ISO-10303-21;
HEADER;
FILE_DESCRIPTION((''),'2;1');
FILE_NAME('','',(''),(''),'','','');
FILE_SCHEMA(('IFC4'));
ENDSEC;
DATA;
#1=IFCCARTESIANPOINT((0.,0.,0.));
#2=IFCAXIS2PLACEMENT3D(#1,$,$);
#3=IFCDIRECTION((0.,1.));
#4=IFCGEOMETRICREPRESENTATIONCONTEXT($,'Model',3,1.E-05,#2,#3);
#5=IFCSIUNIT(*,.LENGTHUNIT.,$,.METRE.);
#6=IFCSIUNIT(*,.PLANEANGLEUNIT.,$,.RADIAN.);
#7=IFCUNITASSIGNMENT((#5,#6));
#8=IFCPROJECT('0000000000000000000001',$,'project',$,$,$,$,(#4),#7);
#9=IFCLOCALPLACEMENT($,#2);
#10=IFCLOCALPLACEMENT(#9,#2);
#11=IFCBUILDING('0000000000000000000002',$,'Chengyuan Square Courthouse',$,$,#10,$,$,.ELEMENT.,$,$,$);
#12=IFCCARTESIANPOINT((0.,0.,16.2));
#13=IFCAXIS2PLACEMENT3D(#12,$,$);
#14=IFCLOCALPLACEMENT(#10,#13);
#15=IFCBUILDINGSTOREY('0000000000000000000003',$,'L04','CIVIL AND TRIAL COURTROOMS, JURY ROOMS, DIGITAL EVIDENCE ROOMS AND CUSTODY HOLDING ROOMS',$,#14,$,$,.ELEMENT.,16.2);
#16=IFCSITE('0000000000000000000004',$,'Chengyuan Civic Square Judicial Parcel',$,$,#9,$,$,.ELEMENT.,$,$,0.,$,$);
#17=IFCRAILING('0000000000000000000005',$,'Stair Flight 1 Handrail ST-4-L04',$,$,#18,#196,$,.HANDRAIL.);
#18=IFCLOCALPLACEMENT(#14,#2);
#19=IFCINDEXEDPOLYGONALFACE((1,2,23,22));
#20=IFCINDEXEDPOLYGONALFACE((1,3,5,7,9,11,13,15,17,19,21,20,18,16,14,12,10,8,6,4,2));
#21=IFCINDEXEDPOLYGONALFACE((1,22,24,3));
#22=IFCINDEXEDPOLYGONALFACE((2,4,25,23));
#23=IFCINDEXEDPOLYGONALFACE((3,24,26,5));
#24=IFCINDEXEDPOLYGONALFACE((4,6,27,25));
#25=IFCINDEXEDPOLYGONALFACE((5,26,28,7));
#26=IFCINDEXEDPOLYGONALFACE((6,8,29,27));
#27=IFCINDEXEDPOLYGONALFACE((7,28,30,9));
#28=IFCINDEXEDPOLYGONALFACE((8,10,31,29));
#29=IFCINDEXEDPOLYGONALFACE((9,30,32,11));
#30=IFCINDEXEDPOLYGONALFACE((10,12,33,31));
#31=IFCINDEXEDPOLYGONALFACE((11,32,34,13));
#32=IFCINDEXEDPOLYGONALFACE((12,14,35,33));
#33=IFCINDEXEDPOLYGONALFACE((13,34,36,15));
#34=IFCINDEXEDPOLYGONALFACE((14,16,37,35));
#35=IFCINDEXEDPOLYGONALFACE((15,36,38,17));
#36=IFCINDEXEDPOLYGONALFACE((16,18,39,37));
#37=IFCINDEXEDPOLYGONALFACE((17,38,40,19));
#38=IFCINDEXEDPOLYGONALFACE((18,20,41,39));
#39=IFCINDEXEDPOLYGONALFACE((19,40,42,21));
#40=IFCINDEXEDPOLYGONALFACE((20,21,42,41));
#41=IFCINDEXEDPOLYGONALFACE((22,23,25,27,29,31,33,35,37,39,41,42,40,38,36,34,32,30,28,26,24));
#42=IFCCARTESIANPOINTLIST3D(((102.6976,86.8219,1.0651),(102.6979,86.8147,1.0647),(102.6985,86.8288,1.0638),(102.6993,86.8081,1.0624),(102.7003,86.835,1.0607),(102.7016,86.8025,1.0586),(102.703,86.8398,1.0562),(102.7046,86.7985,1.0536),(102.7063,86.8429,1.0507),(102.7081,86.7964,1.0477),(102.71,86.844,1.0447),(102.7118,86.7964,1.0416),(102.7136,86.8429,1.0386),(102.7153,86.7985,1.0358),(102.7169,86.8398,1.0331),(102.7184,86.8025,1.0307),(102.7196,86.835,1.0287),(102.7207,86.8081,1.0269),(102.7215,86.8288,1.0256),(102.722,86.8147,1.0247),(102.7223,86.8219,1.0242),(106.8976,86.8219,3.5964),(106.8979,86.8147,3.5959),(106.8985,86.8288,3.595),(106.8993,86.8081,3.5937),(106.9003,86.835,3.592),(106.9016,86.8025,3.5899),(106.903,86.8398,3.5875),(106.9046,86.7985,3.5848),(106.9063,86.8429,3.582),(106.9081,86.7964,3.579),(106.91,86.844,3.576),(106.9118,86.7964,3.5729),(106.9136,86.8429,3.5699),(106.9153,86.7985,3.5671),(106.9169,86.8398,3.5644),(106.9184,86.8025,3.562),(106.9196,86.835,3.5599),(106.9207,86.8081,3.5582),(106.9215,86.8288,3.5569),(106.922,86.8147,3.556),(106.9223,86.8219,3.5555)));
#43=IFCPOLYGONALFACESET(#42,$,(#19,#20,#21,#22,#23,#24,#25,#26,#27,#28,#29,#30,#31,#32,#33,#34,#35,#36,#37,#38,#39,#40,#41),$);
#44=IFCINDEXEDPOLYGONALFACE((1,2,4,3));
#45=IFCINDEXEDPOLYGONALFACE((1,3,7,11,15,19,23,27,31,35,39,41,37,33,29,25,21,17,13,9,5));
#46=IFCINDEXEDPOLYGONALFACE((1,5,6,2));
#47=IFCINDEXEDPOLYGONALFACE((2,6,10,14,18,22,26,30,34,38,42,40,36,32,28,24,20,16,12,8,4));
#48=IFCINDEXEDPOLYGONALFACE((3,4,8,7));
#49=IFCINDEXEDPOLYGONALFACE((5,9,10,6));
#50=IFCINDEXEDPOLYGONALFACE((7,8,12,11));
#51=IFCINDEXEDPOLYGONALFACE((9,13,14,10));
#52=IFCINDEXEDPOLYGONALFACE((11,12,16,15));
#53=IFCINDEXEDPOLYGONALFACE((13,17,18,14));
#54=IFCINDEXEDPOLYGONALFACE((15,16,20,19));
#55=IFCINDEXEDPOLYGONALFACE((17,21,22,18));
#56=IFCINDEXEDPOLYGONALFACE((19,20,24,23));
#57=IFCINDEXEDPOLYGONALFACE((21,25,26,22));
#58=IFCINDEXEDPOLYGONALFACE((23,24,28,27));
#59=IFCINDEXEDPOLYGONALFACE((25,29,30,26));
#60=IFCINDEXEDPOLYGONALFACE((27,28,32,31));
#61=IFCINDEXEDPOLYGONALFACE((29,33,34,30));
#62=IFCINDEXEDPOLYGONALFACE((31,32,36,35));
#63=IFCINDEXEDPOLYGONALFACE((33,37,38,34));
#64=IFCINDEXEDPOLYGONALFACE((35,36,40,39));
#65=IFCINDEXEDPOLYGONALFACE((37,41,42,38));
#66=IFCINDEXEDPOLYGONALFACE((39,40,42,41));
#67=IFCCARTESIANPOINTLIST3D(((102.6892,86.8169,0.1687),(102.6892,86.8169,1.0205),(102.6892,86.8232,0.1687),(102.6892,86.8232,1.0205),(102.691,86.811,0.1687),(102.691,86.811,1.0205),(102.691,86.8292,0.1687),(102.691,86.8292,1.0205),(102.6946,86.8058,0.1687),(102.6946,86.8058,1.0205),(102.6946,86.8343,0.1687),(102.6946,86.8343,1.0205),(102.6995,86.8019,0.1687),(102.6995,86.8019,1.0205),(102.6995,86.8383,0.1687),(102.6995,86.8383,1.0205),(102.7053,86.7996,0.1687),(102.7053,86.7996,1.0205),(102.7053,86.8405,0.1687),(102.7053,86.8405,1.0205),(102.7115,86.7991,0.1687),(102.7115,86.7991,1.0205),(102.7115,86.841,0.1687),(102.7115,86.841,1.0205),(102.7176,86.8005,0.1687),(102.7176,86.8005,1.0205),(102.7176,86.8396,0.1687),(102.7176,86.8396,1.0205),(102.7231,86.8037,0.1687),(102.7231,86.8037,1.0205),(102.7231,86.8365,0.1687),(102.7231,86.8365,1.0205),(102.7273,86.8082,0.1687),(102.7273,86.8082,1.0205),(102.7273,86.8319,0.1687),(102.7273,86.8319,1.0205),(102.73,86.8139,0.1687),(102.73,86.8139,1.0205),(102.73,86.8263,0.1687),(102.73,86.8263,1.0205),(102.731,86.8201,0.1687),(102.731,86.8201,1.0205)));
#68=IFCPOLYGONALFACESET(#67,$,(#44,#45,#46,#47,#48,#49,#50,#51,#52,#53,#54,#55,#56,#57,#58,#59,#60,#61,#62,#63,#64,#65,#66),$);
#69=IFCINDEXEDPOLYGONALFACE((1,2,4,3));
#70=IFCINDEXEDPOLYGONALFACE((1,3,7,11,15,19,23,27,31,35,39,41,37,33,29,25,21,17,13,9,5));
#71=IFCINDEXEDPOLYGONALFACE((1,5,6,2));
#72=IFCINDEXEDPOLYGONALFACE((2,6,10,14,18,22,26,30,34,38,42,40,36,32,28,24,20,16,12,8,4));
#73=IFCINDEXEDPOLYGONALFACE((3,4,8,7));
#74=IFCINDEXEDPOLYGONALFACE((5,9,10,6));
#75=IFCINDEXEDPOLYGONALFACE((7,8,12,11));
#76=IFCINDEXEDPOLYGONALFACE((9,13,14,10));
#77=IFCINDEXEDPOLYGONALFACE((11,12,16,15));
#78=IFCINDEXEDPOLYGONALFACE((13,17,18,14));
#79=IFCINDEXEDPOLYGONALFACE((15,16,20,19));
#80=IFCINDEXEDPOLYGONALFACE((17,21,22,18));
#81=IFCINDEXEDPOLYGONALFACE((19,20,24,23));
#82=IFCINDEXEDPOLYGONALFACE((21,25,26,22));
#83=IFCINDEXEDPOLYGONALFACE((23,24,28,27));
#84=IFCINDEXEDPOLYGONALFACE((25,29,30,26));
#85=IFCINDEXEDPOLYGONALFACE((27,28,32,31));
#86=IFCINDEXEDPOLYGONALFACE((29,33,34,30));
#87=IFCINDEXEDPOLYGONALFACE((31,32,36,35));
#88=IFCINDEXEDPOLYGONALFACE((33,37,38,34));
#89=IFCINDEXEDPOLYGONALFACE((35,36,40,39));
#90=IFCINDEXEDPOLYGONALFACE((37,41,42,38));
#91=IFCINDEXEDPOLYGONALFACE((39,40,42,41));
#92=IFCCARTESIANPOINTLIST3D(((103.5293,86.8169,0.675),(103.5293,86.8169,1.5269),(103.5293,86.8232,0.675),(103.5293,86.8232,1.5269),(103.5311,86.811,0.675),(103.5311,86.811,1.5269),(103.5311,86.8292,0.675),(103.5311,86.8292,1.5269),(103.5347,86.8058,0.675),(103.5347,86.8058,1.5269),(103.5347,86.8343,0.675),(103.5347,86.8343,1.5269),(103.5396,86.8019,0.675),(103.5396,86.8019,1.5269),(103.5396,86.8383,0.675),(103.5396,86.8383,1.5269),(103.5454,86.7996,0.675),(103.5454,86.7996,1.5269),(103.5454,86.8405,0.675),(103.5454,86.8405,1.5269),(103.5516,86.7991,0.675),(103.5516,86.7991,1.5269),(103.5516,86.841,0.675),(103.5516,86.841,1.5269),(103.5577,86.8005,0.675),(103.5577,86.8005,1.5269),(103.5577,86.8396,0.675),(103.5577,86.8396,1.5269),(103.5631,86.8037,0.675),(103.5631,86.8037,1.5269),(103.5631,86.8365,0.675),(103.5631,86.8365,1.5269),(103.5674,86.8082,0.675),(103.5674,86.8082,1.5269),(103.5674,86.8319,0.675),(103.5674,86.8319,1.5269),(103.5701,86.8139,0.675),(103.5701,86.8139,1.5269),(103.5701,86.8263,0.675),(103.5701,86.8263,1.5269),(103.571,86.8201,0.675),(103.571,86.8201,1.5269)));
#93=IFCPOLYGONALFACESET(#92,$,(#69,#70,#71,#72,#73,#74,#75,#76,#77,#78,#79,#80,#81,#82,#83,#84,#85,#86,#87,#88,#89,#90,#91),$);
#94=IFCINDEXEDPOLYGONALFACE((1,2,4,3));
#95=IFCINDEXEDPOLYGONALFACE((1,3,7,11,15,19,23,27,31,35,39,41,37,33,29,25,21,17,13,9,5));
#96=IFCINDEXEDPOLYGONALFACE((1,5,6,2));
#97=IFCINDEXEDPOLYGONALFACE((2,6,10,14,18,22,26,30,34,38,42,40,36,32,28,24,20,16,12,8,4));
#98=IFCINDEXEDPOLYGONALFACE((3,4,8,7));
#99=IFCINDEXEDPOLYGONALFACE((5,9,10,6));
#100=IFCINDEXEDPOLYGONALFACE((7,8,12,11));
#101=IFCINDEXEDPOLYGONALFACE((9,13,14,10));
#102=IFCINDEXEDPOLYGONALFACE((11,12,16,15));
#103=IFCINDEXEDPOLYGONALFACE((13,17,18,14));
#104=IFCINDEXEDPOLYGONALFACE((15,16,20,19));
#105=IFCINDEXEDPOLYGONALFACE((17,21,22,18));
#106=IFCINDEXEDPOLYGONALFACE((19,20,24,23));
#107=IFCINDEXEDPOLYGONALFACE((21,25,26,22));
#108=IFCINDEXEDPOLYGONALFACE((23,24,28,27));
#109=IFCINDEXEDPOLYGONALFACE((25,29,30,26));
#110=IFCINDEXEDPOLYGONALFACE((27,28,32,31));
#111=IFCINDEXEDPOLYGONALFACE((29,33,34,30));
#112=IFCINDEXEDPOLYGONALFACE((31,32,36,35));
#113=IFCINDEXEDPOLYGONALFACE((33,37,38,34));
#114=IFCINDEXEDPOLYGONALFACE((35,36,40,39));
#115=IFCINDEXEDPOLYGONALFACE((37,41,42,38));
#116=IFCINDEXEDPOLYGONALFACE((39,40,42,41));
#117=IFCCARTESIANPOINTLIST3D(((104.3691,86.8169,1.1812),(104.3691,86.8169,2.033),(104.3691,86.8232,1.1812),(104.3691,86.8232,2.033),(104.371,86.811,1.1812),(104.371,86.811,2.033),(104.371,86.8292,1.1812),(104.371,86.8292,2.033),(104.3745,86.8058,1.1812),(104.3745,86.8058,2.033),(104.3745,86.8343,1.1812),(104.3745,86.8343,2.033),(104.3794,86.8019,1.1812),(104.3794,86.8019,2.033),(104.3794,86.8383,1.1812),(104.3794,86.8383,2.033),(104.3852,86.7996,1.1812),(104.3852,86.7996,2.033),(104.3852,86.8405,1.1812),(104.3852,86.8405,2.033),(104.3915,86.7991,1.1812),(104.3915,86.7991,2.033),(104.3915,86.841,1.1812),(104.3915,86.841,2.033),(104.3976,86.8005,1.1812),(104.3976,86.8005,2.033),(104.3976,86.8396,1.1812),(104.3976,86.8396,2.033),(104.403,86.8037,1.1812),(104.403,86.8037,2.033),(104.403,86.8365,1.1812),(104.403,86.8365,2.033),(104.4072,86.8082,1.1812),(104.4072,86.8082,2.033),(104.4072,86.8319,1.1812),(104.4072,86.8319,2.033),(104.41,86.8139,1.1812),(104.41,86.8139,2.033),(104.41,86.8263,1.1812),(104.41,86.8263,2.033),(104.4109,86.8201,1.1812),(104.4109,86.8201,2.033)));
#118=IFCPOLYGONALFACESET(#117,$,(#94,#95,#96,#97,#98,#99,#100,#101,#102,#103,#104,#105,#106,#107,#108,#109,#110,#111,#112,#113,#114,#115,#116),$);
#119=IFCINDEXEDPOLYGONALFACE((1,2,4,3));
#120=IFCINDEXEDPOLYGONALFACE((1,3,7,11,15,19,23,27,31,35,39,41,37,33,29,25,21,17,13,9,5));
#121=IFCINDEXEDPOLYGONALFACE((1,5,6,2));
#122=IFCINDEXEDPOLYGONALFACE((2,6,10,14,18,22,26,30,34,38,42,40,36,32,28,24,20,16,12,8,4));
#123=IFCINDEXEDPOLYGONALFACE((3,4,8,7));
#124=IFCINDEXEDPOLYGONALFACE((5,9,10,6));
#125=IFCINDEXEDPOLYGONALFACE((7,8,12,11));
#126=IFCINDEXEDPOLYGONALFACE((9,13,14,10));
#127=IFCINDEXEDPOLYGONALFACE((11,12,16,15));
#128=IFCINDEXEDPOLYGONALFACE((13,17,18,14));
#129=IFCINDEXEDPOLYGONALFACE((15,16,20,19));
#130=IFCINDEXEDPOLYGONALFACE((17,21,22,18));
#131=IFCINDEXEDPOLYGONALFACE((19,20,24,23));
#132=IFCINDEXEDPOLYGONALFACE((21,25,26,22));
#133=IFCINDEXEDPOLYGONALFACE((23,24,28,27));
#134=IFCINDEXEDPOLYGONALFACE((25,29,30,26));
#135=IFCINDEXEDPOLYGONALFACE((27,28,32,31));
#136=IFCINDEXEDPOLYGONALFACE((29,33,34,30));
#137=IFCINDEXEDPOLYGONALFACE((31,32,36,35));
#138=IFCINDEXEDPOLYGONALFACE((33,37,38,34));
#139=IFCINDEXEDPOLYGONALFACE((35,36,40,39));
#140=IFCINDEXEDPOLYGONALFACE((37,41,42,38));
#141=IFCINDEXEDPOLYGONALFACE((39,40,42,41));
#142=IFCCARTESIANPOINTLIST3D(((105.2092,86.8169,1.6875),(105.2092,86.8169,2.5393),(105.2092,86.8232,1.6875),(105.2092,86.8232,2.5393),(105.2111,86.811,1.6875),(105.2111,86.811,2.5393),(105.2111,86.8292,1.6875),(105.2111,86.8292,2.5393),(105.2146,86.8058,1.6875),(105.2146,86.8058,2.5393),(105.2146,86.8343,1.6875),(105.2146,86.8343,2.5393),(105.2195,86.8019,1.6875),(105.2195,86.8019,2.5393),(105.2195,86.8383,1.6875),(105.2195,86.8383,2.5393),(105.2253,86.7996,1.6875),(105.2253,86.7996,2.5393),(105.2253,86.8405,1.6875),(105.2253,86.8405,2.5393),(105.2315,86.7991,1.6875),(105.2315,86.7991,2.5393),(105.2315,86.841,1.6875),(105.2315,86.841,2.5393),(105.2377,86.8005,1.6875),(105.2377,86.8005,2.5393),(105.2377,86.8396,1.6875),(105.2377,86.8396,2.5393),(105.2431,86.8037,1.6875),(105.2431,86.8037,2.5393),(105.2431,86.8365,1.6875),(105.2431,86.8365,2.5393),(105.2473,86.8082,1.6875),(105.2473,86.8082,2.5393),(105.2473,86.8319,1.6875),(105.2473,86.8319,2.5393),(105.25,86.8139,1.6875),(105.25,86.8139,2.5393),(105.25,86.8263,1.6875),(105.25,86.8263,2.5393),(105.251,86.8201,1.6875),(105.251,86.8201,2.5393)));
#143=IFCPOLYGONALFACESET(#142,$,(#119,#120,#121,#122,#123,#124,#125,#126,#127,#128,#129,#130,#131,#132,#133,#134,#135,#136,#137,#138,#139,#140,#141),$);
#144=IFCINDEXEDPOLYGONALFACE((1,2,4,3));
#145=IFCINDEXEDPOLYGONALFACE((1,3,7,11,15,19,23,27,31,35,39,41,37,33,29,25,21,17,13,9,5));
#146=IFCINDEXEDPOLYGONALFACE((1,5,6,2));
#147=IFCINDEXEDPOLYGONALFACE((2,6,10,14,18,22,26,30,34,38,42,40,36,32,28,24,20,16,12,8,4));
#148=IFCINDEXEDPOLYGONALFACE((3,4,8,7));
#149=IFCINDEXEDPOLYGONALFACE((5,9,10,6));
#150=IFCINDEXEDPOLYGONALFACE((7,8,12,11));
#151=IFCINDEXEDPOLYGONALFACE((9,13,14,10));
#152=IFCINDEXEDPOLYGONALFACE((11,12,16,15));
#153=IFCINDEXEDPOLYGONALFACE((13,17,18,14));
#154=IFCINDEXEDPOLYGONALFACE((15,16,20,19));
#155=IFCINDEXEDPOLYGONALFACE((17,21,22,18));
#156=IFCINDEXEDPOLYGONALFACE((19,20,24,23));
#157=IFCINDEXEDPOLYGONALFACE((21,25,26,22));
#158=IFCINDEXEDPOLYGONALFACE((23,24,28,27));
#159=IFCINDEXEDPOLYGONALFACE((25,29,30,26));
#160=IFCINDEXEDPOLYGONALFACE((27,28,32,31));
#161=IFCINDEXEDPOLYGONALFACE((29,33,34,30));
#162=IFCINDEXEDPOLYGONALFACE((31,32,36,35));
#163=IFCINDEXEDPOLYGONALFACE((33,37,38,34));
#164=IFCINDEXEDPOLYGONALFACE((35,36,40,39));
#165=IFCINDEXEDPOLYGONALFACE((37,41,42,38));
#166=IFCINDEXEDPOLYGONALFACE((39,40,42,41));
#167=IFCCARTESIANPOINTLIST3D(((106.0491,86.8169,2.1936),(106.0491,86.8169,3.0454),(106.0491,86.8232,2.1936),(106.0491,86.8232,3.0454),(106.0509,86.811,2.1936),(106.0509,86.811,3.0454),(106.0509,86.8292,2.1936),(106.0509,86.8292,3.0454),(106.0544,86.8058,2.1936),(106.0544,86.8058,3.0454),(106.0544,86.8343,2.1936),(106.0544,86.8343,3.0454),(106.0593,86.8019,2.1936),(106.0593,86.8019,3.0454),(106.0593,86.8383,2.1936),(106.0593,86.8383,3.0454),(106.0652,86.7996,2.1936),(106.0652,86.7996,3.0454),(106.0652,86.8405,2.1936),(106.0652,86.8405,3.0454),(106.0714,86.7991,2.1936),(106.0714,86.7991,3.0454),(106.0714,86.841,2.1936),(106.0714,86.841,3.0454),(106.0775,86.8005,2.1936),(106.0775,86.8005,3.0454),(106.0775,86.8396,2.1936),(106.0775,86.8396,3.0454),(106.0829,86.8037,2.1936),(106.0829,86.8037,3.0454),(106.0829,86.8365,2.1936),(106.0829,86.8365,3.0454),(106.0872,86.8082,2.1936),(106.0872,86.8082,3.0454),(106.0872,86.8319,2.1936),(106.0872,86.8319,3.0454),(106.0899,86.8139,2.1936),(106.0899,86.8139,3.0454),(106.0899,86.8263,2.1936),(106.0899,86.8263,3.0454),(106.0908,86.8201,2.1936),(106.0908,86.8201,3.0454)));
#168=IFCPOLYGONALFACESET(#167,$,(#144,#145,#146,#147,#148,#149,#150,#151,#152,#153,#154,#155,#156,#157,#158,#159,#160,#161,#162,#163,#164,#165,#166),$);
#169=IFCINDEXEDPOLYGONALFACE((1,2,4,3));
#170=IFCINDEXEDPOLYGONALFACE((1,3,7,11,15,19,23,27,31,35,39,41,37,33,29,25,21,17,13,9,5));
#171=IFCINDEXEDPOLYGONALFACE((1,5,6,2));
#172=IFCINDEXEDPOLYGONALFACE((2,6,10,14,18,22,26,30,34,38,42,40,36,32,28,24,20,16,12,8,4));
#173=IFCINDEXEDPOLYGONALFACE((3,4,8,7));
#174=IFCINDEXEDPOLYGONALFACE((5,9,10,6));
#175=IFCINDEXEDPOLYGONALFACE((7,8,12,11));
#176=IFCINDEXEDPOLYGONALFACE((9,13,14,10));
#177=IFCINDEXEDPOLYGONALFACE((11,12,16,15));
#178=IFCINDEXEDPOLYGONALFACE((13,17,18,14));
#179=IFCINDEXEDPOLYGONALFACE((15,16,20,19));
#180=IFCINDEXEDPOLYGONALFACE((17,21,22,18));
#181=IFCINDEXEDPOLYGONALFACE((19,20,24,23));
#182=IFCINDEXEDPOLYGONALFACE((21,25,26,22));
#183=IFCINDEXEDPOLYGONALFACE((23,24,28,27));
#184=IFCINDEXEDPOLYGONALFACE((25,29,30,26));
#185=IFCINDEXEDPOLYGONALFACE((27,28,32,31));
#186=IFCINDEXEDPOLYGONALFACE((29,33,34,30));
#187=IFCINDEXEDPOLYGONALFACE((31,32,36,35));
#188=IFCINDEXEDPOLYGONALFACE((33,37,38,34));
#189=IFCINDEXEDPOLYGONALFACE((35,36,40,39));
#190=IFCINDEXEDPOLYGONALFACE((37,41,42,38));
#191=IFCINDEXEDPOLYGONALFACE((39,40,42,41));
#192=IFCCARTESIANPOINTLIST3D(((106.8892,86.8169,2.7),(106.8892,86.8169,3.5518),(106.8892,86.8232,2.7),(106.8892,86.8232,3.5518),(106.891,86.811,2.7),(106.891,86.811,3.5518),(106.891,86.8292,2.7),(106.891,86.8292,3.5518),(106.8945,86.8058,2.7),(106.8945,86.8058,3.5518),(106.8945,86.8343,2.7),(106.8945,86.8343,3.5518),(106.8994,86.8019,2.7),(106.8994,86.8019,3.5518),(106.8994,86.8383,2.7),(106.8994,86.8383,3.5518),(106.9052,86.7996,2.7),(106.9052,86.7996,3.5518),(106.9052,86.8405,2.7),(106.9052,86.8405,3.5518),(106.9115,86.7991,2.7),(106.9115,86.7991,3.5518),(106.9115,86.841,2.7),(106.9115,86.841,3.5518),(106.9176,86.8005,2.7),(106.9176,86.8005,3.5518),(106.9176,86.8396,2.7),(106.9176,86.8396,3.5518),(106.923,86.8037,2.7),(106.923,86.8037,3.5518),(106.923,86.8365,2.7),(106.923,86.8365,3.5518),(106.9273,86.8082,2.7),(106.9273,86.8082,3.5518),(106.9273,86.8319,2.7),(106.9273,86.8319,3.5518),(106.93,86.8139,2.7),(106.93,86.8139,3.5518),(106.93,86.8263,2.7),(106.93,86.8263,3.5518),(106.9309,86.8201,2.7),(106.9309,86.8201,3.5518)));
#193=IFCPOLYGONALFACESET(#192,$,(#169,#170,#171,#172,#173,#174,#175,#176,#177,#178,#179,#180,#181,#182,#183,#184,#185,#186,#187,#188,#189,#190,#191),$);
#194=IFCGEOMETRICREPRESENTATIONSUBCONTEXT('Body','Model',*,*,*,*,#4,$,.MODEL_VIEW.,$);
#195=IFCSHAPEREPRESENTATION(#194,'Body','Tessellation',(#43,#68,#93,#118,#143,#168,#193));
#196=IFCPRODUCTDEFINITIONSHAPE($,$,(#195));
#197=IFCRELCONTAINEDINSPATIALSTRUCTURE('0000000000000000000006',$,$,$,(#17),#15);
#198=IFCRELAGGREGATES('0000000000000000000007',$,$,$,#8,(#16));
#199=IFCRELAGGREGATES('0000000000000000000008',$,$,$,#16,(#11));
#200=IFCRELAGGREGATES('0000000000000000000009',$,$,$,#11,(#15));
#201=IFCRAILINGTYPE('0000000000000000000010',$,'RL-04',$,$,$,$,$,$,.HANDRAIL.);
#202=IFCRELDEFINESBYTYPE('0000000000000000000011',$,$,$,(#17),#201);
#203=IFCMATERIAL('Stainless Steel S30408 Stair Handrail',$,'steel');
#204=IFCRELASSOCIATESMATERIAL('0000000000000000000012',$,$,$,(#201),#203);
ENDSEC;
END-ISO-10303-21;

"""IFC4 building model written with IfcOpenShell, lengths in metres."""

from ifc_helpers import new_model, si_unit, direction, frame, origin, origin_2d, place, context, subcontext, project, spatial, circle, extrude, material, type_object, element, save


model = new_model("IFC4")

# Units and contexts
model_context = context("Model", 3, precision=1e-05, world=origin(), true_north=direction((0.0, 1.0)))
body_context = subcontext(model_context, "Body", "Model", "MODEL_VIEW")
ifc_project = project(units=[si_unit("LENGTHUNIT", "METRE"), si_unit("PLANEANGLEUNIT", "RADIAN")], contexts=[model_context])

# Site, building, storey
site_placement = place(None, origin())
site = spatial("IfcSite", under=ifc_project, at=site_placement, Name="Chengyuan Civic Square Judicial Parcel", CompositionType="ELEMENT", RefElevation=0.0)
building_placement = place(site_placement, origin())
building = spatial("IfcBuilding", under=site, at=building_placement, Name="Chengyuan Square Courthouse", CompositionType="ELEMENT")
storey_placement = place(building_placement, frame((0.0, 0.0, 16.2)))
storey = spatial("IfcBuildingStorey", under=building, at=storey_placement, Name="L04", Description="CIVIL AND TRIAL COURTROOMS, JURY ROOMS, DIGITAL EVIDENCE ROOMS AND CUSTODY HOLDING ROOMS", CompositionType="ELEMENT", Elevation=16.2)

# Railing
ifc_material_1 = material(Name="Stainless Steel S30408 Stair Handrail", Category="steel")
railing_type_1 = type_object("IfcRailingType", Name="RL-04", PredefinedType="HANDRAIL", material=ifc_material_1)
railing_1_placement = place(storey_placement, frame((102.71, 86.8201, 0.1687)))
element("IfcRailing", 1, at=railing_1_placement, inside=storey, type_object=railing_type_1, Name="Stair Flight 1 Handrail ST-4-L04", PredefinedType="HANDRAIL", context=body_context, shape_type="SweptSolid", body=[
    extrude(circle(Radius=0.0239, at=origin_2d()), frame((0.0, 0.0, 0.876), z_axis=(0.856476, 0.0, 0.516186), x_axis=(0.0, 1.0, 0.0)), (0.0, 0.0, 1.0), 4.9038),
    extrude(circle(Radius=0.021, at=origin_2d()), origin(), (0.0, 0.0, 1.0), 0.8518),
    extrude(circle(Radius=0.021, at=origin_2d()), frame((0.8401, 0.0, 0.5063)), (0.0, 0.0, 1.0), 0.8518),
    extrude(circle(Radius=0.021, at=origin_2d()), frame((1.6799, 0.0, 1.0125)), (0.0, 0.0, 1.0), 0.8518),
    extrude(circle(Radius=0.021, at=origin_2d()), frame((2.52, 0.0, 1.5188)), (0.0, 0.0, 1.0), 0.8518),
    extrude(circle(Radius=0.021, at=origin_2d()), frame((3.3599, 0.0, 2.0249)), (0.0, 0.0, 1.0), 0.8518),
    extrude(circle(Radius=0.021, at=origin_2d()), frame((4.2, 0.0, 2.5312)), (0.0, 0.0, 1.0), 0.8518),
])

save(model, "model.ifc")
